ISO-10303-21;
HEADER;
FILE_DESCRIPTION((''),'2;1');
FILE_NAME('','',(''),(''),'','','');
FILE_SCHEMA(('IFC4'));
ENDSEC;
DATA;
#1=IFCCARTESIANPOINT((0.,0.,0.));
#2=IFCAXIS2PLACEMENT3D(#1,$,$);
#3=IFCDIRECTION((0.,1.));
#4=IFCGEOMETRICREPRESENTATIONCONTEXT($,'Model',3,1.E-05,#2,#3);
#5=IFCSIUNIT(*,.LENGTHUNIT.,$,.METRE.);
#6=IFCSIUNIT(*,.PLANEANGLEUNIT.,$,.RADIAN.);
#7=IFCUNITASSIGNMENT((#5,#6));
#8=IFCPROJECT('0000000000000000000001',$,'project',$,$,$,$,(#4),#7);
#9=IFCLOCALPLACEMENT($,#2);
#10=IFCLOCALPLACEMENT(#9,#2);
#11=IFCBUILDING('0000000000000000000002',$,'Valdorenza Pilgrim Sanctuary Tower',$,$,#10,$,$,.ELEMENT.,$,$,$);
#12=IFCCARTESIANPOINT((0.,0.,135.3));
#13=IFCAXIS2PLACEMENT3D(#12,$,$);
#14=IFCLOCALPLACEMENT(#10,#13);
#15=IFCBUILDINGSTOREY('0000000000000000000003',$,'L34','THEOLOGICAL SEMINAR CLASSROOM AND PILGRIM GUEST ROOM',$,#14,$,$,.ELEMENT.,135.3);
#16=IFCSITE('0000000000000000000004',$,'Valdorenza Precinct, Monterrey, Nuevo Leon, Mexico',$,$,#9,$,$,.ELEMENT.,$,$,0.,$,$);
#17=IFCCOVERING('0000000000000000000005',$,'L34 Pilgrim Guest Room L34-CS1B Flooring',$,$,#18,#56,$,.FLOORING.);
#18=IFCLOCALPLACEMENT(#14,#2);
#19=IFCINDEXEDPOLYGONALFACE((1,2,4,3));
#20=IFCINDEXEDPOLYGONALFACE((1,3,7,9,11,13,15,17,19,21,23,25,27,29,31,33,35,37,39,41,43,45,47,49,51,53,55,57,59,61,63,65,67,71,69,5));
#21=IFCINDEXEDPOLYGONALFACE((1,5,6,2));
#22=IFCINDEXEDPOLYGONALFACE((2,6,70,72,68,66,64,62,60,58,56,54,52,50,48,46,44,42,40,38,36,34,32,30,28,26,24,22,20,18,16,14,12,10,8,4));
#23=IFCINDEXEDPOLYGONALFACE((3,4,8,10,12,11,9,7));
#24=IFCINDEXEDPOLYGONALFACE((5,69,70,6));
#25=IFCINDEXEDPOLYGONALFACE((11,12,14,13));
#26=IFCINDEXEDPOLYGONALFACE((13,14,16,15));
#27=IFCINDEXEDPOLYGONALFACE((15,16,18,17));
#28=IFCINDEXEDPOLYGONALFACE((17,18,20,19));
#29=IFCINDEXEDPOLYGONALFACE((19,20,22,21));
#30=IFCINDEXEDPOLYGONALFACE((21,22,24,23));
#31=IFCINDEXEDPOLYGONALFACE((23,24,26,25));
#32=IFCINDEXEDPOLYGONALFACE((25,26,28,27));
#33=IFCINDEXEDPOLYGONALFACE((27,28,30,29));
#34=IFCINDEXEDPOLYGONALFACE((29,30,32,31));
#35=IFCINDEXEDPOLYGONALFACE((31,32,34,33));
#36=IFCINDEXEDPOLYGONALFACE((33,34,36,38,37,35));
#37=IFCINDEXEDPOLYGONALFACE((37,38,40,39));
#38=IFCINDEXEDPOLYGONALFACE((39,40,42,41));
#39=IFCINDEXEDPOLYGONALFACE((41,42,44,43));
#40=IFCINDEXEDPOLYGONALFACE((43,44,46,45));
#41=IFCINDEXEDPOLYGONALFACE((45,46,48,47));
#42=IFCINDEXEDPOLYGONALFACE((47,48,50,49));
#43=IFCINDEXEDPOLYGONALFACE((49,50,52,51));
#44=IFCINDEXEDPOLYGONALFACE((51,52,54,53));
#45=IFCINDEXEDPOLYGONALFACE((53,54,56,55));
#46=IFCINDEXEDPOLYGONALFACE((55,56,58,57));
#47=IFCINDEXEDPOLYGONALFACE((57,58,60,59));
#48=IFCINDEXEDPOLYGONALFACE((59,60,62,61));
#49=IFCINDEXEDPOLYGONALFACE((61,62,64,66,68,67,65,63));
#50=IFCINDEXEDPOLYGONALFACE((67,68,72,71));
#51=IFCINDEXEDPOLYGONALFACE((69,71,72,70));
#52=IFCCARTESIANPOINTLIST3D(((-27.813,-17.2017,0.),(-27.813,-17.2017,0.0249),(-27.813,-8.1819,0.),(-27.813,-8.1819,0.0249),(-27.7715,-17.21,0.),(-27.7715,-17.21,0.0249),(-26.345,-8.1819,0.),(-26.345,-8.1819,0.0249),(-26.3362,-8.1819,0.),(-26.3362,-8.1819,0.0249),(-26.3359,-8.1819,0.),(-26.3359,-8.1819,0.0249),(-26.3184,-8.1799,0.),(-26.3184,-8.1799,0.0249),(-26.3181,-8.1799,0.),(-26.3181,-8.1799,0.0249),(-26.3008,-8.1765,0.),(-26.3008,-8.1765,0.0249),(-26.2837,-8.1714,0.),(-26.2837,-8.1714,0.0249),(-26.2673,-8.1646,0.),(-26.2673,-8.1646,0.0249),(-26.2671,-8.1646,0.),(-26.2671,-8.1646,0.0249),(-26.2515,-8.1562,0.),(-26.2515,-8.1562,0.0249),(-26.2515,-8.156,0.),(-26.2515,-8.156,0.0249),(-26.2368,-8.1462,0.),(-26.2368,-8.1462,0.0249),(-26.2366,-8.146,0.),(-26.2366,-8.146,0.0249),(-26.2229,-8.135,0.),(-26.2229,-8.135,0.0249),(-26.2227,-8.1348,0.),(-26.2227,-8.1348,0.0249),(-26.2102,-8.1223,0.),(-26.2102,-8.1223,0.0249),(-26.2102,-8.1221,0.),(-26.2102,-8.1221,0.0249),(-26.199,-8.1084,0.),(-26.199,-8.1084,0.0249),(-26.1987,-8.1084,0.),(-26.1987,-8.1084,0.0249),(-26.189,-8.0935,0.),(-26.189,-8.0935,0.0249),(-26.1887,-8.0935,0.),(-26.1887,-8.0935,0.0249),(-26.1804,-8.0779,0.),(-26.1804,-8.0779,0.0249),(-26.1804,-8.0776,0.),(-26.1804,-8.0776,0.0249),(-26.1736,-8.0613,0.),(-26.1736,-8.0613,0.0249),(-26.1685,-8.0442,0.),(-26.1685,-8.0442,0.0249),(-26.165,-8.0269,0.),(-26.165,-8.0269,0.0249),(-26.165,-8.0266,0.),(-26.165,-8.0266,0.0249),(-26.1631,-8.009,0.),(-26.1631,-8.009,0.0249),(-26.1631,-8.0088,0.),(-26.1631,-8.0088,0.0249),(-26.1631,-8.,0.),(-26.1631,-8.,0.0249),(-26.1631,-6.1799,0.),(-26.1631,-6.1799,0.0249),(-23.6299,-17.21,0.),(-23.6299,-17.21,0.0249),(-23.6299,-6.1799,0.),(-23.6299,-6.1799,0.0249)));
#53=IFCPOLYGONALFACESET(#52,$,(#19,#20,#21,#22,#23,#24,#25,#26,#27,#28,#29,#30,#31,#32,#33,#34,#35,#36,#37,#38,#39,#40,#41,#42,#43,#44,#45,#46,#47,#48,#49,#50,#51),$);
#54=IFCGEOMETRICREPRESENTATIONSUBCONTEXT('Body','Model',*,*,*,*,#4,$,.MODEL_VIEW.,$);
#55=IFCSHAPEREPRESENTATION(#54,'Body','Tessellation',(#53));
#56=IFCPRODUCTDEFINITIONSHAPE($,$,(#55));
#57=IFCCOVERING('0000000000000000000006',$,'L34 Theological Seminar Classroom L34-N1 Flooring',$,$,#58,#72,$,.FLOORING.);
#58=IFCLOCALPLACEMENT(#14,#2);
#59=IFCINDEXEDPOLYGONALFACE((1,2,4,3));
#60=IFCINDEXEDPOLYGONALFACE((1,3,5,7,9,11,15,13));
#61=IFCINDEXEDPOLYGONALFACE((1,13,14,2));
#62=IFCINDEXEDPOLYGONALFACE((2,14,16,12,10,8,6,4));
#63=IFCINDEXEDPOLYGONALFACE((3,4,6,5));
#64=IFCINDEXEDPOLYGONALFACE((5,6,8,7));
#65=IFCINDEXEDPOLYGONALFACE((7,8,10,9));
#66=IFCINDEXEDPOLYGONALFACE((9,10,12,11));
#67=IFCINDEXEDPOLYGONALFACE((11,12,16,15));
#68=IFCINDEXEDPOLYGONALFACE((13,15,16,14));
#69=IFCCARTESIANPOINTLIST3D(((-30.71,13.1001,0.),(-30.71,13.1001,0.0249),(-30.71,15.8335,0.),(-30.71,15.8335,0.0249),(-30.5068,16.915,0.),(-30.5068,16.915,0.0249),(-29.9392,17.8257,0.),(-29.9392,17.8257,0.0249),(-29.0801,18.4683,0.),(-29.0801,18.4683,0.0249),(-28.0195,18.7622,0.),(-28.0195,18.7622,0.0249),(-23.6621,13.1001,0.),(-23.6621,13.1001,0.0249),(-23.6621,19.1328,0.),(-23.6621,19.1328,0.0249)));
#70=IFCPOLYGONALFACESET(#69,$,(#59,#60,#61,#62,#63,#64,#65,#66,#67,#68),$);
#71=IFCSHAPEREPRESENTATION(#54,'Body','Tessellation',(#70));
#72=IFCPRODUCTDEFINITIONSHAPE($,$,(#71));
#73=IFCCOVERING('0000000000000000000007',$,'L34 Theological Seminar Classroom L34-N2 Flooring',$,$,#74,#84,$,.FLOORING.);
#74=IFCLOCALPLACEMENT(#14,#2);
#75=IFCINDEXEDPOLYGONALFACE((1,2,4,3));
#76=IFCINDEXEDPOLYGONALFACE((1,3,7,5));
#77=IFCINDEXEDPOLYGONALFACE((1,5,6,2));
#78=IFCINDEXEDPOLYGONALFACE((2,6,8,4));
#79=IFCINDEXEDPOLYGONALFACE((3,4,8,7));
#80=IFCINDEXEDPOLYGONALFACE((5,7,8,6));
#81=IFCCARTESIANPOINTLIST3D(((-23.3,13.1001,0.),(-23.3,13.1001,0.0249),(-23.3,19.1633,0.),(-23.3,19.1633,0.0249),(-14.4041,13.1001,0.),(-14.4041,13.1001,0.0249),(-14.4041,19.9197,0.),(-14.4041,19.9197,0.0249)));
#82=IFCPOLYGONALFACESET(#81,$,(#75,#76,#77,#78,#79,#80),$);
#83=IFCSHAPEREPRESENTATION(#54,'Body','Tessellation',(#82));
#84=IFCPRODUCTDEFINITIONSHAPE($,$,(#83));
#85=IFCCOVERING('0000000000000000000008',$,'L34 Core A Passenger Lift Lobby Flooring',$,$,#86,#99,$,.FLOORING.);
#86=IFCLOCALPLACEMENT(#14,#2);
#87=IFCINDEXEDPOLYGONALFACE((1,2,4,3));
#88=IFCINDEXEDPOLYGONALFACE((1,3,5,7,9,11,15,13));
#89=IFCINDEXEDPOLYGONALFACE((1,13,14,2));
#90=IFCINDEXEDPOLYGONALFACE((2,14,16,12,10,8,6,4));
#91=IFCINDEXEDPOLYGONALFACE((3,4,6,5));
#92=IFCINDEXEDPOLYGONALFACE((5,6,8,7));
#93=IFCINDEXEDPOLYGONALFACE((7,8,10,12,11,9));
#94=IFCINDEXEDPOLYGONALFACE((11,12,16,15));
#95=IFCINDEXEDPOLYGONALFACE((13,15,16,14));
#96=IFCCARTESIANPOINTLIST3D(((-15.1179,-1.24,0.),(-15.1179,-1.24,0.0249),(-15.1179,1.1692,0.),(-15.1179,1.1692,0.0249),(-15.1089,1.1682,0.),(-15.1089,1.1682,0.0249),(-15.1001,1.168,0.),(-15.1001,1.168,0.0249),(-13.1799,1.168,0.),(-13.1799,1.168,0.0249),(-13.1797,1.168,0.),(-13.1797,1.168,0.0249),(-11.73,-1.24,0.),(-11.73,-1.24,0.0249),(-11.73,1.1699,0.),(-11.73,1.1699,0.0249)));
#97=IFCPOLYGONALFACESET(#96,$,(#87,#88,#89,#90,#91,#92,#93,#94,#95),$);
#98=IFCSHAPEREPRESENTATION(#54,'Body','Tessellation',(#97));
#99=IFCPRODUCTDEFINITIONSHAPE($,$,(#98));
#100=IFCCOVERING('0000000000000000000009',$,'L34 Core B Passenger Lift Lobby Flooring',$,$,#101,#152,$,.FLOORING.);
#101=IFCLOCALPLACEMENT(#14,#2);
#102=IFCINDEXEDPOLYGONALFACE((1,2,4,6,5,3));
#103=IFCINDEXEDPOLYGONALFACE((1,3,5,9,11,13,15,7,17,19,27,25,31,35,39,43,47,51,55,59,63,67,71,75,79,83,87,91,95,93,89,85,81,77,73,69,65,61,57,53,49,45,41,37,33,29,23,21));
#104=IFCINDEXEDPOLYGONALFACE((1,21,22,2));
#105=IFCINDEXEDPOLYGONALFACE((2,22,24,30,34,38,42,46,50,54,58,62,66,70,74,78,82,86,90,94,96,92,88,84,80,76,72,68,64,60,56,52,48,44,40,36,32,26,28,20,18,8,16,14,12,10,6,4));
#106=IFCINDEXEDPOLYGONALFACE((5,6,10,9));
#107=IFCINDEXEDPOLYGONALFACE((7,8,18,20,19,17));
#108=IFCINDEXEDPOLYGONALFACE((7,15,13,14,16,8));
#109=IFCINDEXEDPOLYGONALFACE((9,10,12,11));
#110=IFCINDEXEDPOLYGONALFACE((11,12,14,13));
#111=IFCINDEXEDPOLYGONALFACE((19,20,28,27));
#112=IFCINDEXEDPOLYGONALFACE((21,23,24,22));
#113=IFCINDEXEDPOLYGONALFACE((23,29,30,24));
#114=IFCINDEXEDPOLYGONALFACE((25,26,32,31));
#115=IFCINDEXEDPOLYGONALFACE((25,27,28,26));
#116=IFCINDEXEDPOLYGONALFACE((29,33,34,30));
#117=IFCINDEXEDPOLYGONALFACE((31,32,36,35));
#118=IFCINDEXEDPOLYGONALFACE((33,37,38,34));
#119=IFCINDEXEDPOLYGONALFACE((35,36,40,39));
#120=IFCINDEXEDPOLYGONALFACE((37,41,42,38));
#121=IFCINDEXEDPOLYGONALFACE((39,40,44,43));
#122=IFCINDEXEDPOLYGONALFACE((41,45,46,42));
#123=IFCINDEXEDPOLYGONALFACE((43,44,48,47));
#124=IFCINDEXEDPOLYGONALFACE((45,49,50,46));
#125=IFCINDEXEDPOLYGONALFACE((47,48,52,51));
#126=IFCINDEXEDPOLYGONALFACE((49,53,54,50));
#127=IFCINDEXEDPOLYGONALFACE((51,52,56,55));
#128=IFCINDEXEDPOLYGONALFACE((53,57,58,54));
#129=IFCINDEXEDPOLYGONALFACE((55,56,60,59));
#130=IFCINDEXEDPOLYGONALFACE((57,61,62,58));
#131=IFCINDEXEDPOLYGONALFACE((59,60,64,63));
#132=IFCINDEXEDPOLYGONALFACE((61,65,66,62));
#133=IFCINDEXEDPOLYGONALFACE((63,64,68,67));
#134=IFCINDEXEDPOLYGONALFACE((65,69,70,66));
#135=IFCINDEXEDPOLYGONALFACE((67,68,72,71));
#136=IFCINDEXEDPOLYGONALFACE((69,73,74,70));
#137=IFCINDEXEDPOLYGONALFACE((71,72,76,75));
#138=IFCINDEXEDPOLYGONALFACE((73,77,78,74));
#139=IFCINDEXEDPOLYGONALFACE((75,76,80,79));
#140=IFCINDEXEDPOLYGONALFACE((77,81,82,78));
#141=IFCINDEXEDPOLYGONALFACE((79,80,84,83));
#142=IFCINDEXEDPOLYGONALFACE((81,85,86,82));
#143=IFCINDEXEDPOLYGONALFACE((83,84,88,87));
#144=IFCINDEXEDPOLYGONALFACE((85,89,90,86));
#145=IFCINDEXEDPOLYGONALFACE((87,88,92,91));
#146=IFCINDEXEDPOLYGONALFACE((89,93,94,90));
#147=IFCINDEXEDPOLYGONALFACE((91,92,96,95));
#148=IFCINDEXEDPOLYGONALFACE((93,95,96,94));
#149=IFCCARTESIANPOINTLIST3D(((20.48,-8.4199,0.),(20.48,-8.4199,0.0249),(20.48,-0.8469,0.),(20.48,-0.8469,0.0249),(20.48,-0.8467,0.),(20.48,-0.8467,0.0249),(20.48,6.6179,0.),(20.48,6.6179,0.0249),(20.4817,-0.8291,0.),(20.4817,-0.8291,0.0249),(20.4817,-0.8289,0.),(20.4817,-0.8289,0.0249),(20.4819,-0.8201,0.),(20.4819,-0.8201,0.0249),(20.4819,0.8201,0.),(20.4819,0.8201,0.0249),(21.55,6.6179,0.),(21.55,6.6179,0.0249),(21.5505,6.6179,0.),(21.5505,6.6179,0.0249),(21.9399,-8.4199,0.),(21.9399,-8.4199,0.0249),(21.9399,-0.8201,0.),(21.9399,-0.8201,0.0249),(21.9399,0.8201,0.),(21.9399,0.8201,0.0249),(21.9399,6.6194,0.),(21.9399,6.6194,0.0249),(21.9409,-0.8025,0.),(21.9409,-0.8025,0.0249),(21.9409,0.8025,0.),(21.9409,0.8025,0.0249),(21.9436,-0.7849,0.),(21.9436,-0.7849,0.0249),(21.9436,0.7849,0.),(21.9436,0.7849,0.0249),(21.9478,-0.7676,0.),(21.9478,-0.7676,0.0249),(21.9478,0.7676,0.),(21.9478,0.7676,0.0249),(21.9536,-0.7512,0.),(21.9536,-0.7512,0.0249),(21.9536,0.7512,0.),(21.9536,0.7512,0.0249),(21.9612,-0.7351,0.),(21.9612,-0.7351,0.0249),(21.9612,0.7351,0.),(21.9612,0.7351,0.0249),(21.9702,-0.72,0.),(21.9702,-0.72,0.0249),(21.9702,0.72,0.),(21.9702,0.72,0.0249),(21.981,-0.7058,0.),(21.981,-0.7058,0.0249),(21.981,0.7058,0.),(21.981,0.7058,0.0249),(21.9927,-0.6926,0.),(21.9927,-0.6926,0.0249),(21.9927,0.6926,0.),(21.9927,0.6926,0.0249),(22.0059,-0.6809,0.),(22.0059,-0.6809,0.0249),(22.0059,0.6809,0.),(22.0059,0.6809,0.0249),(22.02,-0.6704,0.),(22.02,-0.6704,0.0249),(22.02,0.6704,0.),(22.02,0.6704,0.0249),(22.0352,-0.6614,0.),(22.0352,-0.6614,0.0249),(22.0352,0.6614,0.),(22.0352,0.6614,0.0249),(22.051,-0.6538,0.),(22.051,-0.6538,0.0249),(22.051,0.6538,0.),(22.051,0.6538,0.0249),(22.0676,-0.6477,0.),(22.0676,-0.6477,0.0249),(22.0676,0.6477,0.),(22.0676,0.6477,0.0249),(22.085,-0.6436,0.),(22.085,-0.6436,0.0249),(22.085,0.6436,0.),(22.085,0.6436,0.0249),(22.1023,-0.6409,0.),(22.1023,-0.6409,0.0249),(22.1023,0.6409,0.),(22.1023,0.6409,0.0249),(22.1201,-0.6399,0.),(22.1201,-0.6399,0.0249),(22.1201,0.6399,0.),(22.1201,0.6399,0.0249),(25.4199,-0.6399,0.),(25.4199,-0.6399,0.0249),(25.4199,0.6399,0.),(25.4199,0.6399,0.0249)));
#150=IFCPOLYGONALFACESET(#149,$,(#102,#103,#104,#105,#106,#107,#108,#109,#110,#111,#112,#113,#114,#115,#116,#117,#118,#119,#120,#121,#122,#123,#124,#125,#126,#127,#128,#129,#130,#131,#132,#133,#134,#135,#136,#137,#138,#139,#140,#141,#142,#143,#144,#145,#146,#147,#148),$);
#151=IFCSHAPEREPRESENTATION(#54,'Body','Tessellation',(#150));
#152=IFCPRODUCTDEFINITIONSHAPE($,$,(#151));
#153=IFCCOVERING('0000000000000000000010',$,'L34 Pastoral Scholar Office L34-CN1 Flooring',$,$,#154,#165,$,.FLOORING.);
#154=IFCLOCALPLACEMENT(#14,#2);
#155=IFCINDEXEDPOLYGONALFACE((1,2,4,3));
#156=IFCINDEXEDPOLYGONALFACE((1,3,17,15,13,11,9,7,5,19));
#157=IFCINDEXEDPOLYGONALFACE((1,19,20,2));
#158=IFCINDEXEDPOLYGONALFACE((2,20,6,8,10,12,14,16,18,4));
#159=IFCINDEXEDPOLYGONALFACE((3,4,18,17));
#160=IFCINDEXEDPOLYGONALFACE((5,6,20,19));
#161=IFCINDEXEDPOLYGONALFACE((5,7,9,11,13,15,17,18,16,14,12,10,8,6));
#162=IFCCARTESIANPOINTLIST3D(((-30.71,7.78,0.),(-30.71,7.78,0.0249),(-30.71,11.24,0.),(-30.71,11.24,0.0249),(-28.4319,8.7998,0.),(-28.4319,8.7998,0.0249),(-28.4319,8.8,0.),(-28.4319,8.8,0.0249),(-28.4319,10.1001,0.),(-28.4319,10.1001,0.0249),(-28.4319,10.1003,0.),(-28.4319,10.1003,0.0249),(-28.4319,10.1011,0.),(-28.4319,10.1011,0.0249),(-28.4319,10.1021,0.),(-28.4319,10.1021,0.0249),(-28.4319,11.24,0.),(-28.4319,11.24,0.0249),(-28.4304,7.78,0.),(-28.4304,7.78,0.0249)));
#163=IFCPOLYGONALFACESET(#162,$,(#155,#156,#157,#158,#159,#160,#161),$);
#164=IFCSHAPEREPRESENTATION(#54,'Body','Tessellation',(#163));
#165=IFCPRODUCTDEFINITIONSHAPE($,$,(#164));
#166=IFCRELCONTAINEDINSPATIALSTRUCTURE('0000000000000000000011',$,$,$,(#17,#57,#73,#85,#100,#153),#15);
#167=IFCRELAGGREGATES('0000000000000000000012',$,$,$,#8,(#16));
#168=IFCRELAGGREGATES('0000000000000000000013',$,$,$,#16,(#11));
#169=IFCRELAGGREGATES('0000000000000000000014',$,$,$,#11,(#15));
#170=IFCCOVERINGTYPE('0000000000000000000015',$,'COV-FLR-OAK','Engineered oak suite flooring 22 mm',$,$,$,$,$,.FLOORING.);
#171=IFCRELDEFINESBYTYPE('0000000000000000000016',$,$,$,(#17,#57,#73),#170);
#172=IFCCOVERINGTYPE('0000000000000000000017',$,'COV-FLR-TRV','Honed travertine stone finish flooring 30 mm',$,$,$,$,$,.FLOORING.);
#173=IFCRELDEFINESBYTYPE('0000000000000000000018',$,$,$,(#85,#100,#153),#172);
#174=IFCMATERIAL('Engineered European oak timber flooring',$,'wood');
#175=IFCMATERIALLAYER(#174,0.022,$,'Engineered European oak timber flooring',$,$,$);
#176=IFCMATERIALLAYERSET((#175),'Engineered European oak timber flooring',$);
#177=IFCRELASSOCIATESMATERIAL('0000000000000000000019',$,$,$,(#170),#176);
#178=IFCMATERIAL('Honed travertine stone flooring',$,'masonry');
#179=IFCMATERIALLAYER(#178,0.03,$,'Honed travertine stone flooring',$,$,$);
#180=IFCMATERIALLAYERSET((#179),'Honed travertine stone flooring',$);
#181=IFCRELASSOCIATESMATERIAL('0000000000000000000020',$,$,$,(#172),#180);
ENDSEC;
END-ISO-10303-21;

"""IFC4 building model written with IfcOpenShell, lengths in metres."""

from ifc_helpers import new_model, si_unit, direction, frame, origin, place, context, subcontext, project, spatial, polyline, outline, extrude, material, layer, layer_set, type_object, element, save


model = new_model("IFC4")

# Units and contexts
model_context = context("Model", 3, precision=1e-05, world=origin(), true_north=direction((0.0, 1.0)))
body_context = subcontext(model_context, "Body", "Model", "MODEL_VIEW")
ifc_project = project(units=[si_unit("LENGTHUNIT", "METRE"), si_unit("PLANEANGLEUNIT", "RADIAN")], contexts=[model_context])

# Site, building, storey
site_placement = place(None, origin())
site = spatial("IfcSite", under=ifc_project, at=site_placement, Name="Valdorenza Precinct, Monterrey, Nuevo Leon, Mexico", CompositionType="ELEMENT", RefElevation=0.0)
building_placement = place(site_placement, origin())
building = spatial("IfcBuilding", under=site, at=building_placement, Name="Valdorenza Pilgrim Sanctuary Tower", CompositionType="ELEMENT")
storey_placement = place(building_placement, frame((0.0, 0.0, 135.3)))
storey = spatial("IfcBuildingStorey", under=building, at=storey_placement, Name="L34", Description="THEOLOGICAL SEMINAR CLASSROOM AND PILGRIM GUEST ROOM", CompositionType="ELEMENT", Elevation=135.3)

# Coverings
ifc_material_1 = material(Name="Engineered European oak timber flooring", Category="wood")
ifc_layer_1 = layer(ifc_material_1, 0.022, Name="Engineered European oak timber flooring")
ifc_layer_set_1 = layer_set([ifc_layer_1], Name="Engineered European oak timber flooring")
covering_type_1 = type_object("IfcCoveringType", Name="COV-FLR-OAK", Description="Engineered oak suite flooring 22 mm", PredefinedType="FLOORING", material=ifc_layer_set_1)
covering_1_placement = place(storey_placement, origin())
element("IfcCovering", 1, at=covering_1_placement, inside=storey, type_object=covering_type_1, Name="L34 Pilgrim Guest Room L34-CS1B Flooring", PredefinedType="FLOORING", context=body_context, shape_type="SweptSolid", body=[
    extrude(outline(polyline([(-27.813, -17.2017), (-27.813, -8.1819), (-26.345, -8.1819), (-26.3362, -8.1819), (-26.3359, -8.1819), (-26.3184, -8.1799), (-26.3181, -8.1799), (-26.3008, -8.1765), (-26.3008, -8.1765), (-26.2837, -8.1714), (-26.2837, -8.1714), (-26.2673, -8.1646), (-26.2671, -8.1646), (-26.2515, -8.1562), (-26.2515, -8.156), (-26.2368, -8.1462), (-26.2366, -8.146), (-26.2229, -8.135), (-26.2227, -8.1348), (-26.2102, -8.1223), (-26.2102, -8.1221), (-26.199, -8.1084), (-26.1987, -8.1084), (-26.189, -8.0935), (-26.1887, -8.0935), (-26.1804, -8.0779), (-26.1804, -8.0776), (-26.1736, -8.0613), (-26.1736, -8.0613), (-26.1685, -8.0442), (-26.1685, -8.0442), (-26.165, -8.0269), (-26.165, -8.0266), (-26.1631, -8.009), (-26.1631, -8.0088), (-26.1631, -8.0), (-26.1631, -6.1799), (-23.6299, -6.1799), (-23.6299, -17.21), (-27.7715, -17.21), (-27.813, -17.2017)])), origin(), (0.0, 0.0, 1.0), 0.0249),
])
covering_2_placement = place(storey_placement, origin())
element("IfcCovering", 2, at=covering_2_placement, inside=storey, type_object=covering_type_1, Name="L34 Theological Seminar Classroom L34-N1 Flooring", PredefinedType="FLOORING", context=body_context, shape_type="SweptSolid", body=[
    extrude(outline(polyline([(-30.71, 13.1001), (-30.71, 15.8335), (-30.5068, 16.915), (-29.9392, 17.8257), (-29.0801, 18.4683), (-28.0195, 18.7622), (-23.6621, 19.1328), (-23.6621, 13.1001), (-30.71, 13.1001)])), origin(), (0.0, 0.0, 1.0), 0.0249),
])
covering_3_placement = place(storey_placement, origin())
element("IfcCovering", 3, at=covering_3_placement, inside=storey, type_object=covering_type_1, Name="L34 Theological Seminar Classroom L34-N2 Flooring", PredefinedType="FLOORING", context=body_context, shape_type="SweptSolid", body=[
    extrude(outline(polyline([(-23.3, 13.1001), (-23.3, 19.1633), (-14.4041, 19.9197), (-14.4041, 13.1001), (-23.3, 13.1001)])), origin(), (0.0, 0.0, 1.0), 0.0249),
])
ifc_material_2 = material(Name="Honed travertine stone flooring", Category="masonry")
ifc_layer_2 = layer(ifc_material_2, 0.03, Name="Honed travertine stone flooring")
ifc_layer_set_2 = layer_set([ifc_layer_2], Name="Honed travertine stone flooring")
covering_type_2 = type_object("IfcCoveringType", Name="COV-FLR-TRV", Description="Honed travertine stone finish flooring 30 mm", PredefinedType="FLOORING", material=ifc_layer_set_2)
covering_4_placement = place(storey_placement, origin())
element("IfcCovering", 4, at=covering_4_placement, inside=storey, type_object=covering_type_2, Name="L34 Core A Passenger Lift Lobby Flooring", PredefinedType="FLOORING", context=body_context, shape_type="SweptSolid", body=[
    extrude(outline(polyline([(-15.1179, 1.1692), (-15.1089, 1.1682), (-15.1089, 1.1682), (-15.1001, 1.168), (-13.1799, 1.168), (-13.1797, 1.168), (-11.73, 1.1699), (-11.73, -1.24), (-15.1179, -1.24), (-15.1179, 1.1692)])), origin(), (0.0, 0.0, 1.0), 0.0249),
])
covering_5_placement = place(storey_placement, origin())
element("IfcCovering", 5, at=covering_5_placement, inside=storey, type_object=covering_type_2, Name="L34 Core B Passenger Lift Lobby Flooring", PredefinedType="FLOORING", context=body_context, shape_type="SweptSolid", body=[
    extrude(outline(polyline([(20.48, 6.6179), (21.55, 6.6179), (21.5505, 6.6179), (21.9399, 6.6194), (21.9399, 0.8201), (21.9409, 0.8025), (21.9436, 0.7849), (21.9478, 0.7676), (21.9536, 0.7512), (21.9612, 0.7351), (21.9702, 0.72), (21.981, 0.7058), (21.9927, 0.6926), (22.0059, 0.6809), (22.02, 0.6704), (22.0352, 0.6614), (22.051, 0.6538), (22.0676, 0.6477), (22.085, 0.6436), (22.1023, 0.6409), (22.1201, 0.6399), (25.4199, 0.6399), (25.4199, -0.6399), (22.1201, -0.6399), (22.1023, -0.6409), (22.085, -0.6436), (22.0676, -0.6477), (22.051, -0.6538), (22.0352, -0.6614), (22.02, -0.6704), (22.0059, -0.6809), (21.9927, -0.6926), (21.981, -0.7058), (21.9702, -0.72), (21.9612, -0.7351), (21.9536, -0.7512), (21.9478, -0.7676), (21.9436, -0.7849), (21.9409, -0.8025), (21.9399, -0.8201), (21.9399, -8.4199), (20.48, -8.4199), (20.48, -0.8469), (20.48, -0.8467), (20.48, -0.8467), (20.4817, -0.8291), (20.4817, -0.8289), (20.4819, -0.8201), (20.4819, 0.8201), (20.48, 6.6179)])), origin(), (0.0, 0.0, 1.0), 0.0249),
])
covering_6_placement = place(storey_placement, origin())
element("IfcCovering", 6, at=covering_6_placement, inside=storey, type_object=covering_type_2, Name="L34 Pastoral Scholar Office L34-CN1 Flooring", PredefinedType="FLOORING", context=body_context, shape_type="SweptSolid", body=[
    extrude(outline(polyline([(-28.4319, 11.24), (-28.4319, 10.1021), (-28.4319, 10.1011), (-28.4319, 10.1003), (-28.4319, 10.1001), (-28.4319, 8.8), (-28.4319, 8.7998), (-28.4304, 7.78), (-30.71, 7.78), (-30.71, 11.24), (-28.4319, 11.24)])), origin(), (0.0, 0.0, 1.0), 0.0249),
])

save(model, "model.ifc")
